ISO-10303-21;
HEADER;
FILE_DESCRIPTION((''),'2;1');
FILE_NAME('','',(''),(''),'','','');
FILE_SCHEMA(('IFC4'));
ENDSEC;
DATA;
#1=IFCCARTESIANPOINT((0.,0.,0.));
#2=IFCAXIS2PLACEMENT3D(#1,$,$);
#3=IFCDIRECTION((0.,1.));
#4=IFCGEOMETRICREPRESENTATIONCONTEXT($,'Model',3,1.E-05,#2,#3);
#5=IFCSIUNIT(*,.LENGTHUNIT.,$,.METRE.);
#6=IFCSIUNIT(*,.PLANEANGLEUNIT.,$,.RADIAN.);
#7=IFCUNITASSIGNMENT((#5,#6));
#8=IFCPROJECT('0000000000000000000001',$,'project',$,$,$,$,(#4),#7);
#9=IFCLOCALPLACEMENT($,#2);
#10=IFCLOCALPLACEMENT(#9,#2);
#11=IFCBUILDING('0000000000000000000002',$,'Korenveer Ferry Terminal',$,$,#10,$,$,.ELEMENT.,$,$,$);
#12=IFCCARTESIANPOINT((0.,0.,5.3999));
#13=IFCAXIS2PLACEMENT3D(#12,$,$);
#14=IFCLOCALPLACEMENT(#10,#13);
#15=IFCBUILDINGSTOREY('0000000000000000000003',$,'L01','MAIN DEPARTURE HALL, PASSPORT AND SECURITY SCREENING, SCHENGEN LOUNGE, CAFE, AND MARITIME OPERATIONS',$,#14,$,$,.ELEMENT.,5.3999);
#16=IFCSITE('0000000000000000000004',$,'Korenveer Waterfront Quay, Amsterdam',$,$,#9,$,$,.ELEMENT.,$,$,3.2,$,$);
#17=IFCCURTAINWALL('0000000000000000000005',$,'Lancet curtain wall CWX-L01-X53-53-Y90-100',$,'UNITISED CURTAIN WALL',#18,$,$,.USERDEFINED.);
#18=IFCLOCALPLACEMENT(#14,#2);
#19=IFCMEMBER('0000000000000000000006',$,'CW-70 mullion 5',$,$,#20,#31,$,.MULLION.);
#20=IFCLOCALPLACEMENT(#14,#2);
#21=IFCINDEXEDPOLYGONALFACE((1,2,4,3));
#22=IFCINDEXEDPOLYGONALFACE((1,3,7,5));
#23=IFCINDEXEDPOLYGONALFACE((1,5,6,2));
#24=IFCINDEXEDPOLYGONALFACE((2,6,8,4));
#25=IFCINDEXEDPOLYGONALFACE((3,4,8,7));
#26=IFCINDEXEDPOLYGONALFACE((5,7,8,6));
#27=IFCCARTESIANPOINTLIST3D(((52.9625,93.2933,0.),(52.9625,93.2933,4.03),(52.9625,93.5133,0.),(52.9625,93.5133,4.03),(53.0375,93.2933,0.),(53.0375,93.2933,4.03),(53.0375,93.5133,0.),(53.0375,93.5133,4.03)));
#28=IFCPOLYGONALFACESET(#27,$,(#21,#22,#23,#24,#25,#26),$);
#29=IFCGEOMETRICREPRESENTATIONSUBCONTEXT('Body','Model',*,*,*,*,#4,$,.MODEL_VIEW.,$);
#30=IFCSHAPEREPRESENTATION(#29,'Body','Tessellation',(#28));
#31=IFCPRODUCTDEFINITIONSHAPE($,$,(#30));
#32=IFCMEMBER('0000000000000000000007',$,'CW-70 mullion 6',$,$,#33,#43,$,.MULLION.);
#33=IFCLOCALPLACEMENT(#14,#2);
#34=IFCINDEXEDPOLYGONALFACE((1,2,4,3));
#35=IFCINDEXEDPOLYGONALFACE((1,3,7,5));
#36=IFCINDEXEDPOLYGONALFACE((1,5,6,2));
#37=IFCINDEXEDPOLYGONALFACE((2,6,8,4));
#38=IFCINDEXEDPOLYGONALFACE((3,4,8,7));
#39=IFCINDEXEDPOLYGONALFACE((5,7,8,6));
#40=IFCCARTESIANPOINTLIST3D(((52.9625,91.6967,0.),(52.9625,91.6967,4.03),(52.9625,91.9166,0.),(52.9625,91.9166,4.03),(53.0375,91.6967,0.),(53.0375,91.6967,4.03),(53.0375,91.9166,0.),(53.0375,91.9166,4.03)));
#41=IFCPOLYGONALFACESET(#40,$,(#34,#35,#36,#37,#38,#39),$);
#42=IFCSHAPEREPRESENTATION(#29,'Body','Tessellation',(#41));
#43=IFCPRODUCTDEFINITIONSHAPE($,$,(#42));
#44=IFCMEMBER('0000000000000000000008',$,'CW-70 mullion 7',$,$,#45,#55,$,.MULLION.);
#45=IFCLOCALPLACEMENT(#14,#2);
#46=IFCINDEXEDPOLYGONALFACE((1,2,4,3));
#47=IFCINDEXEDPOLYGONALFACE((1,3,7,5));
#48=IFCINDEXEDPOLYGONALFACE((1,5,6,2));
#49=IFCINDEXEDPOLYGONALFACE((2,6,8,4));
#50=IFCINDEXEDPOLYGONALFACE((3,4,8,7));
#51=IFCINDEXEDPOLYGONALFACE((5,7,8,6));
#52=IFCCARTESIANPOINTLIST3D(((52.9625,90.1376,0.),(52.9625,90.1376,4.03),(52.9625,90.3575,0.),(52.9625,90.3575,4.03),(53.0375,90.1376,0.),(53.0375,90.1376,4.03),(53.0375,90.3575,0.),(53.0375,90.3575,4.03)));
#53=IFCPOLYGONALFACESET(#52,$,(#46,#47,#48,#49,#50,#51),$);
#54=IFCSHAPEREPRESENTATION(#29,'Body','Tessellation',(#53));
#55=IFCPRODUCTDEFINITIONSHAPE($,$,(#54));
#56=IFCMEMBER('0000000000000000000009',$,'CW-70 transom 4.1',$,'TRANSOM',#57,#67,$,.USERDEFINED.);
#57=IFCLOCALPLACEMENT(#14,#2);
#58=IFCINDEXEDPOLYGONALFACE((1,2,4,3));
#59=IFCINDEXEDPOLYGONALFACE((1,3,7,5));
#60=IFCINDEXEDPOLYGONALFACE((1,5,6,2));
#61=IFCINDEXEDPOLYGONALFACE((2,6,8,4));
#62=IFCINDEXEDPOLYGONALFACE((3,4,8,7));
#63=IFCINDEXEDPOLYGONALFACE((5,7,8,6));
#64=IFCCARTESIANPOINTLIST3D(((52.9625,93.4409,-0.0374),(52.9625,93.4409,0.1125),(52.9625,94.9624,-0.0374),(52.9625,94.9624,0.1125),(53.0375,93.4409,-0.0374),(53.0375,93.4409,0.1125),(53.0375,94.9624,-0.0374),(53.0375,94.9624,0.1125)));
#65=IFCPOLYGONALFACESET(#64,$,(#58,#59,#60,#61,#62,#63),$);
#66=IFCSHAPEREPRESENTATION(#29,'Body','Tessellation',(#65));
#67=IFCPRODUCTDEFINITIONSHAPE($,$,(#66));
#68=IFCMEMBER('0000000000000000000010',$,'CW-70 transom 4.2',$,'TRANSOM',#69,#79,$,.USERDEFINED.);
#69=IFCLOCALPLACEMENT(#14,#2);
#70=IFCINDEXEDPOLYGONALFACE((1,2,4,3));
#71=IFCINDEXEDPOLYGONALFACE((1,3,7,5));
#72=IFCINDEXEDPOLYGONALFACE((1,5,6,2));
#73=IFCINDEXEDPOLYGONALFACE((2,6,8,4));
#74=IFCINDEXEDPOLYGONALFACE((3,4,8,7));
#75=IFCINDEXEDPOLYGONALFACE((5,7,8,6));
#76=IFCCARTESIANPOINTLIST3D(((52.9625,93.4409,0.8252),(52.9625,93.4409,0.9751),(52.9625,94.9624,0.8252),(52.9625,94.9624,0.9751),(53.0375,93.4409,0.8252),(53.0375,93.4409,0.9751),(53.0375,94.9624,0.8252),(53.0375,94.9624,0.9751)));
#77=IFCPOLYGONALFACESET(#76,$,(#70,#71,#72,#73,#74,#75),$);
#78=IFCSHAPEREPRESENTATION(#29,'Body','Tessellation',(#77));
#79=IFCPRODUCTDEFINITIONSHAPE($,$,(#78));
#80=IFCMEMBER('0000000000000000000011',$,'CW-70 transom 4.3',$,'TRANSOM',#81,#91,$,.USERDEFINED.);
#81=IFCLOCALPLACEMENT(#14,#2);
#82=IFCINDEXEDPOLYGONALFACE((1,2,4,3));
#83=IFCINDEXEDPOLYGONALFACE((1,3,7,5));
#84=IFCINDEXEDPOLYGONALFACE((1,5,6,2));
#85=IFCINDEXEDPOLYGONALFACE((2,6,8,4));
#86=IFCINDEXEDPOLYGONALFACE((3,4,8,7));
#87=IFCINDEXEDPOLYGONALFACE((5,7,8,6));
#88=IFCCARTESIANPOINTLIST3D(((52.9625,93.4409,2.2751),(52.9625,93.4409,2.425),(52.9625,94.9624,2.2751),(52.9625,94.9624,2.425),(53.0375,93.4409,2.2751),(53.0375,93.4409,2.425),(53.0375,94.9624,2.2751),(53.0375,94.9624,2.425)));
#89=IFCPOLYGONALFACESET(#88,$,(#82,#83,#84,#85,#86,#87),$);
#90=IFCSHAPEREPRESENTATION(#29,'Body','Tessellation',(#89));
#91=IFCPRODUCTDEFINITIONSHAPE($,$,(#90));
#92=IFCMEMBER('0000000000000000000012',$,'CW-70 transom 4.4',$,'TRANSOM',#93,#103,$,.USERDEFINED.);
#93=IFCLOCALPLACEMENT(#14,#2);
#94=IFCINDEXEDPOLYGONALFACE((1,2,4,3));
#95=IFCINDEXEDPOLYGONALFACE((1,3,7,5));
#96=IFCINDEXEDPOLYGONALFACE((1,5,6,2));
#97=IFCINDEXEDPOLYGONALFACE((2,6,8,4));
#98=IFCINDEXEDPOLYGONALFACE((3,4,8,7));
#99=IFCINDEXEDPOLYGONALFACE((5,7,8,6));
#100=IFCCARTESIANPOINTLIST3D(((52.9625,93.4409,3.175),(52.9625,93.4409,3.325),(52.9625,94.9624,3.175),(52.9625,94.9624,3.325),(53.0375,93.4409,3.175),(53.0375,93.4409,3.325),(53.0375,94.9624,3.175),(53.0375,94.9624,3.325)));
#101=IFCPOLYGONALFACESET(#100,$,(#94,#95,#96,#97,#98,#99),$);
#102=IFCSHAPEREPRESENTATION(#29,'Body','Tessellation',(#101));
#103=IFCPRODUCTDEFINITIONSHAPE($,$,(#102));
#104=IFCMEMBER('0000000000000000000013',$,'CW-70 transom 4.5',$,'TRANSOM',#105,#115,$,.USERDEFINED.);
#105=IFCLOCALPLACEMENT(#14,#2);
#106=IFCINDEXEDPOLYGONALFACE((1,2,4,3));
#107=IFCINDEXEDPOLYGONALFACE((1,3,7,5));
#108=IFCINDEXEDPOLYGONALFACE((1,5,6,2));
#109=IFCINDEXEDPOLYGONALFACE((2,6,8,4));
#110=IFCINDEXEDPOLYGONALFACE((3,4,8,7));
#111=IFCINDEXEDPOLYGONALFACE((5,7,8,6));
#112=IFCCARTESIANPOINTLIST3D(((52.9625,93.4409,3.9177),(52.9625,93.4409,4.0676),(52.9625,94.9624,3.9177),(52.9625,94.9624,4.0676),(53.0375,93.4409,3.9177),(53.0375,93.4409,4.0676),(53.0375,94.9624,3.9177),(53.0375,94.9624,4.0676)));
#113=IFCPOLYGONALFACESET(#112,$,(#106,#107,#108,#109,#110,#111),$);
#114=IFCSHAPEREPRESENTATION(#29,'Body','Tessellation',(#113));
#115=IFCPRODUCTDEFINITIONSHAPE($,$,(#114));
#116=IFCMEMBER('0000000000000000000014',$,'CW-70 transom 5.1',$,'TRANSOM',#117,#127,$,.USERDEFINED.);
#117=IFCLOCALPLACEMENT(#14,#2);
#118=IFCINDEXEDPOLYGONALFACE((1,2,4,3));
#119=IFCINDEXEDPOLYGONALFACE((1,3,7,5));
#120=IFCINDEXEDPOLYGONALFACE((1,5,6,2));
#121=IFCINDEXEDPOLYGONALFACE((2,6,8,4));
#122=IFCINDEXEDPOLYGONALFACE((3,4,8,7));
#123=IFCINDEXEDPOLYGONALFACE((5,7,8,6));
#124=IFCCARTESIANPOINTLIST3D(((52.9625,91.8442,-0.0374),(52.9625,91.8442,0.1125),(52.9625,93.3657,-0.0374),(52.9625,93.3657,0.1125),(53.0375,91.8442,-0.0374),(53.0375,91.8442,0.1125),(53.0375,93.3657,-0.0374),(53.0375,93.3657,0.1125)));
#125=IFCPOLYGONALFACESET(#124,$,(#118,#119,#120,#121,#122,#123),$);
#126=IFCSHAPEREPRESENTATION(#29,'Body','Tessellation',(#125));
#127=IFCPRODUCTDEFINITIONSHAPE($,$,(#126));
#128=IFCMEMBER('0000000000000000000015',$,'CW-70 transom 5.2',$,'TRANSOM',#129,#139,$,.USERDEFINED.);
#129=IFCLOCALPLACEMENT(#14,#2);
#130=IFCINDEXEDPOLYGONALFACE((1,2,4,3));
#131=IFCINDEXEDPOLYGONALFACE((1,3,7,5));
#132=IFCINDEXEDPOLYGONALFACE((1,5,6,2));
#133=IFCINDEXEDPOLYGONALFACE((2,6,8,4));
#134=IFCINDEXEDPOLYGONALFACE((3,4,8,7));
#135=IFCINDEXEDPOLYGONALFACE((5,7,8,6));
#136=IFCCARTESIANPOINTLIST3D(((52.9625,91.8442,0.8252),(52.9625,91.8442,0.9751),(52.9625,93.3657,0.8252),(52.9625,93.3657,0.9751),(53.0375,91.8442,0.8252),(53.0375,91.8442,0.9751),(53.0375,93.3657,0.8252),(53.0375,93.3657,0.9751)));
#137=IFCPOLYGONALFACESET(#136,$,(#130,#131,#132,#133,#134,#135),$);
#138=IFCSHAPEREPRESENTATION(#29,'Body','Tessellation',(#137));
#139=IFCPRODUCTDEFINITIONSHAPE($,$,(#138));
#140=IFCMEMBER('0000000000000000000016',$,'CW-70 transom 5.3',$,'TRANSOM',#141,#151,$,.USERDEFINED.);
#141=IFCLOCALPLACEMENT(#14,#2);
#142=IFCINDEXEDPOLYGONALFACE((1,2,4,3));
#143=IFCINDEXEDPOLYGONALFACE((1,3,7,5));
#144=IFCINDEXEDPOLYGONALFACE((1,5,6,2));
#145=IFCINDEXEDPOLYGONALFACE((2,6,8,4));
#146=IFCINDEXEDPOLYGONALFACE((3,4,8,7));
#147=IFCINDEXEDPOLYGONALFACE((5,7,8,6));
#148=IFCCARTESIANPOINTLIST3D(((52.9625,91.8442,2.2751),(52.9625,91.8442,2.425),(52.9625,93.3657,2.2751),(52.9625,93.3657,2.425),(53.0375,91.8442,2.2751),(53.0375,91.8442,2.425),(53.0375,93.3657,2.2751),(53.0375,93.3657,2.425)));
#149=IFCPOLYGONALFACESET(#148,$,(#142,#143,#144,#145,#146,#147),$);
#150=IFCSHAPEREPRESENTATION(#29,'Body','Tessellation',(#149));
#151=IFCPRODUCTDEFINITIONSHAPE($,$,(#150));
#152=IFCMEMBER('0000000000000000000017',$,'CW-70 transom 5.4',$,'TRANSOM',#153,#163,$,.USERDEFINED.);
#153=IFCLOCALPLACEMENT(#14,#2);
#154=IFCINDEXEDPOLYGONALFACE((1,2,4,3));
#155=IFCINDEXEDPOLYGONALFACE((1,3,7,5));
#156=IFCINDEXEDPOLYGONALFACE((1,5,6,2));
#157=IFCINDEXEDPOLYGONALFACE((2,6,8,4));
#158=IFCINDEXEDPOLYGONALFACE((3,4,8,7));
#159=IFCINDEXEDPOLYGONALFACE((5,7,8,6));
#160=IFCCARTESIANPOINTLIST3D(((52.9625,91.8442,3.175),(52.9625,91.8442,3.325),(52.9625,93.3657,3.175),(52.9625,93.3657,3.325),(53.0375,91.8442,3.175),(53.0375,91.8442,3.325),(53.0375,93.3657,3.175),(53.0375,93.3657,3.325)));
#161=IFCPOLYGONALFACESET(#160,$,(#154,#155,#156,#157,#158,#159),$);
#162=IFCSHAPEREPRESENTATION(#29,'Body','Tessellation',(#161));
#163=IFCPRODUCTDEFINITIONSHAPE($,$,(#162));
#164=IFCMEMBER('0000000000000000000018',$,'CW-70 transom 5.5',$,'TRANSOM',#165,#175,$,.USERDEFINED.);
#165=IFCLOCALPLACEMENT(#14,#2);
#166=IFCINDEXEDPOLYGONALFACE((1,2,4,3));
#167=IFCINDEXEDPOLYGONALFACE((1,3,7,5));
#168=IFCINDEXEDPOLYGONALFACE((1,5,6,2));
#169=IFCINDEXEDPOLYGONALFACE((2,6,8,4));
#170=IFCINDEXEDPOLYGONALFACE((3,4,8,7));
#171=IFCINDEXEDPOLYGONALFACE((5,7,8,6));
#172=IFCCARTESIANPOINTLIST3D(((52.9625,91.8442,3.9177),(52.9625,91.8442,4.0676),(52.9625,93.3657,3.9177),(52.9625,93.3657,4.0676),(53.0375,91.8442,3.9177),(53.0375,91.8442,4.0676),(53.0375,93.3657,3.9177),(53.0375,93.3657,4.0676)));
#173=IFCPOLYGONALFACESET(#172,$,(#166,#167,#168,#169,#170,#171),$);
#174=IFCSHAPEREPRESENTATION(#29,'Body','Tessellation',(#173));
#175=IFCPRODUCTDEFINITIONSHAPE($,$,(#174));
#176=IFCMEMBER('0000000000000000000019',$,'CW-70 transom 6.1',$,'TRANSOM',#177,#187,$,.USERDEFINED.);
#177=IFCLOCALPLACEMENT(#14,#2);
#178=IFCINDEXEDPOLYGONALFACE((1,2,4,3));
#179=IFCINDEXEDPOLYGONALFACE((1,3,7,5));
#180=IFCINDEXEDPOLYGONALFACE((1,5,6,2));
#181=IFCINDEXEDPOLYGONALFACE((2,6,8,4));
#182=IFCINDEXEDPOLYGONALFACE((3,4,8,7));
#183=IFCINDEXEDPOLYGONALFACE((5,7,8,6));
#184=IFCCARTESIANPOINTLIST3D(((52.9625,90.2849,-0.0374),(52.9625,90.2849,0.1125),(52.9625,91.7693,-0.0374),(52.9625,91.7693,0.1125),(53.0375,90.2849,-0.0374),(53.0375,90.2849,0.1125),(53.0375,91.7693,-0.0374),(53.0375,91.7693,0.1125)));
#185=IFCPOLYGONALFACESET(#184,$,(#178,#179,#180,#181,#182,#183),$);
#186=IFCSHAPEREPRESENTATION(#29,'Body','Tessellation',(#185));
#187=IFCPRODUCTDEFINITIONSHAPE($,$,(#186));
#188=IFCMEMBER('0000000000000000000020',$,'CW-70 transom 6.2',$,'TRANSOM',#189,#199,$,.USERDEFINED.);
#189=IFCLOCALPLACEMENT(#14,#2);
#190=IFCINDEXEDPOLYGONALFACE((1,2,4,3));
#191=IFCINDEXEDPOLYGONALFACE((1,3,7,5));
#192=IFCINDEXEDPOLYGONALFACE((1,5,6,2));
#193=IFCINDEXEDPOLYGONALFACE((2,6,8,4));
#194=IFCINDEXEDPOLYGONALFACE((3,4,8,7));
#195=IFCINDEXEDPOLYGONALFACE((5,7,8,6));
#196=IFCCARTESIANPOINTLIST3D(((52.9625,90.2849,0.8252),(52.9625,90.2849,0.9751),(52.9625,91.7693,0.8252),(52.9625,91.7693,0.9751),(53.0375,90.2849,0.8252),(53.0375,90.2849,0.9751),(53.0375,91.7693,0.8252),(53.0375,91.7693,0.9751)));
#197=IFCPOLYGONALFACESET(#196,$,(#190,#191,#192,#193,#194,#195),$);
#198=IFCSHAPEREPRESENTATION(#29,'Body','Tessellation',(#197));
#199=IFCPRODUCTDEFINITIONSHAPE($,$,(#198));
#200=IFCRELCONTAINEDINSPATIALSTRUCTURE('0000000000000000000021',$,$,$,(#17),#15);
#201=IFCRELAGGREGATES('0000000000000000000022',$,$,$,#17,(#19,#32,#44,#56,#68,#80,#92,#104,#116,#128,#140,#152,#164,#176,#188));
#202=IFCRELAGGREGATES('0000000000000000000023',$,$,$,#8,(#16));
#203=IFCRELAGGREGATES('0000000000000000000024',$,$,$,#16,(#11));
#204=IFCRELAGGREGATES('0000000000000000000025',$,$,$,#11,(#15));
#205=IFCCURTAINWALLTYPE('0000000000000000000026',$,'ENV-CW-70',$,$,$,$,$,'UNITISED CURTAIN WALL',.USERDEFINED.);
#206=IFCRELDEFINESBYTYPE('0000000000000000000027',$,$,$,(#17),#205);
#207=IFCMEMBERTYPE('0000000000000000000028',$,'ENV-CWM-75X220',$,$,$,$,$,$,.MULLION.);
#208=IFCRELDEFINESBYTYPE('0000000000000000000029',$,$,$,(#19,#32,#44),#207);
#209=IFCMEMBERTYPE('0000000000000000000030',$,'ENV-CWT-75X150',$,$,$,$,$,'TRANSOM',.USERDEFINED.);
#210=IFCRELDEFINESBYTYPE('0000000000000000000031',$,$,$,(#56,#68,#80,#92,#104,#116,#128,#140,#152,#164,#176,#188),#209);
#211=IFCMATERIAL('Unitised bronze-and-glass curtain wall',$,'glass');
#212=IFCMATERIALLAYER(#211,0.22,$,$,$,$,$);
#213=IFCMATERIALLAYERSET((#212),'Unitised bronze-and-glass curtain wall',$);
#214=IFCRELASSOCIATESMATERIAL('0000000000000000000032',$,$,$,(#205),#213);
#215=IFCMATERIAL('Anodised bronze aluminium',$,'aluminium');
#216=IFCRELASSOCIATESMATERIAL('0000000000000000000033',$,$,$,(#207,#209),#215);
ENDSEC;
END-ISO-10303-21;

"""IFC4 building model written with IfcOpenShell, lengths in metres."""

from ifc_helpers import new_model, si_unit, direction, frame, origin, origin_2d, place, context, subcontext, project, spatial, rectangle, extrude, material, layer, layer_set, material_profile, profile_set, type_object, element, aggregate, save


model = new_model("IFC4")

# Units and contexts
model_context = context("Model", 3, precision=1e-05, world=origin(), true_north=direction((0.0, 1.0)))
body_context = subcontext(model_context, "Body", "Model", "MODEL_VIEW")
ifc_project = project(units=[si_unit("LENGTHUNIT", "METRE"), si_unit("PLANEANGLEUNIT", "RADIAN")], contexts=[model_context])

# Site, building, storey
site_placement = place(None, origin())
site = spatial("IfcSite", under=ifc_project, at=site_placement, Name="Korenveer Waterfront Quay, Amsterdam", CompositionType="ELEMENT", RefElevation=3.2)
building_placement = place(site_placement, origin())
building = spatial("IfcBuilding", under=site, at=building_placement, Name="Korenveer Ferry Terminal", CompositionType="ELEMENT")
storey_placement = place(building_placement, frame((0.0, 0.0, 5.3999)))
storey = spatial("IfcBuildingStorey", under=building, at=storey_placement, Name="L01", Description="MAIN DEPARTURE HALL, PASSPORT AND SECURITY SCREENING, SCHENGEN LOUNGE, CAFE, AND MARITIME OPERATIONS", CompositionType="ELEMENT", Elevation=5.3999)

# Curtain wall, members
ifc_material_1 = material(Name="Unitised bronze-and-glass curtain wall", Category="glass")
ifc_layer_1 = layer(ifc_material_1, 0.22)
ifc_layer_set_1 = layer_set([ifc_layer_1], Name="Unitised bronze-and-glass curtain wall")
curtain_wall_type = type_object("IfcCurtainWallType", Name="ENV-CW-70", ElementType="UNITISED CURTAIN WALL", PredefinedType="USERDEFINED", material=ifc_layer_set_1)
curtain_wall_placement = place(storey_placement, frame((53.0, 99.79, 0.0)))
curtain_wall = element("IfcCurtainWall", 1, at=curtain_wall_placement, inside=storey, type_object=curtain_wall_type, Name="Lancet curtain wall CWX-L01-X53-53-Y90-100", ObjectType="UNITISED CURTAIN WALL", PredefinedType="USERDEFINED")
ifc_material_2 = material(Name="Anodised bronze aluminium", Category="aluminium")
ifc_material_profile_1 = material_profile(ifc_material_2, rectangle(XDim=0.075, YDim=0.22, at=origin_2d()), Name="ALU 75x220")
ifc_profile_set_1 = profile_set([ifc_material_profile_1], Name="Anodised bronze aluminium")
member_type_1 = type_object("IfcMemberType", Name="ENV-CWM-75X220", PredefinedType="MULLION", material=ifc_profile_set_1)
member_1_placement = place(storey_placement, frame((53.0, 93.4033, 0.0), z_axis=(0.0, 0.0, 1.0), x_axis=(1.0, 0.0, 0.0)))
member_1 = element("IfcMember", 2, at=member_1_placement, type_object=member_type_1, Name="CW-70 mullion 5", PredefinedType="MULLION", context=body_context, shape_type="SweptSolid", body=[
    extrude(rectangle(XDim=0.075, YDim=0.22, at=origin_2d()), origin(), (0.0, 0.0, 1.0), 4.03),
])
member_2_placement = place(storey_placement, frame((53.0, 91.8066, 0.0), z_axis=(0.0, 0.0, 1.0), x_axis=(1.0, 0.0, 0.0)))
member_2 = element("IfcMember", 3, at=member_2_placement, type_object=member_type_1, Name="CW-70 mullion 6", PredefinedType="MULLION", context=body_context, shape_type="SweptSolid", body=[
    extrude(rectangle(XDim=0.075, YDim=0.22, at=origin_2d()), origin(), (0.0, 0.0, 1.0), 4.03),
])
member_3_placement = place(storey_placement, frame((53.0, 90.2476, 0.0), z_axis=(0.0, 0.0, 1.0), x_axis=(1.0, 0.0, 0.0)))
member_3 = element("IfcMember", 4, at=member_3_placement, type_object=member_type_1, Name="CW-70 mullion 7", PredefinedType="MULLION", context=body_context, shape_type="SweptSolid", body=[
    extrude(rectangle(XDim=0.075, YDim=0.22, at=origin_2d()), origin(), (0.0, 0.0, 1.0), 4.03),
])
ifc_material_profile_2 = material_profile(ifc_material_2, rectangle(XDim=0.075, YDim=0.1499, at=origin_2d()), Name="ALU 75x150")
ifc_profile_set_2 = profile_set([ifc_material_profile_2], Name="Anodised bronze aluminium")
member_type_2 = type_object("IfcMemberType", Name="ENV-CWT-75X150", ElementType="TRANSOM", PredefinedType="USERDEFINED", material=ifc_profile_set_2)
member_4_placement = place(storey_placement, frame((53.0, 94.9624, 0.0376), z_axis=(0.0, -1.0, 0.0), x_axis=(1.0, 0.0, 0.0)))
member_4 = element("IfcMember", 5, at=member_4_placement, type_object=member_type_2, Name="CW-70 transom 4.1", ObjectType="TRANSOM", PredefinedType="USERDEFINED", context=body_context, shape_type="SweptSolid", body=[
    extrude(rectangle(XDim=0.075, YDim=0.1499, at=origin_2d()), origin(), (0.0, 0.0, 1.0), 1.5215),
])
member_5_placement = place(storey_placement, frame((53.0, 94.9624, 0.9001), z_axis=(0.0, -1.0, 0.0), x_axis=(1.0, 0.0, 0.0)))
member_5 = element("IfcMember", 6, at=member_5_placement, type_object=member_type_2, Name="CW-70 transom 4.2", ObjectType="TRANSOM", PredefinedType="USERDEFINED", context=body_context, shape_type="SweptSolid", body=[
    extrude(rectangle(XDim=0.075, YDim=0.1499, at=origin_2d()), origin(), (0.0, 0.0, 1.0), 1.5215),
])
member_6_placement = place(storey_placement, frame((53.0, 94.9624, 2.3501), z_axis=(0.0, -1.0, 0.0), x_axis=(1.0, 0.0, 0.0)))
member_6 = element("IfcMember", 7, at=member_6_placement, type_object=member_type_2, Name="CW-70 transom 4.3", ObjectType="TRANSOM", PredefinedType="USERDEFINED", context=body_context, shape_type="SweptSolid", body=[
    extrude(rectangle(XDim=0.075, YDim=0.1499, at=origin_2d()), origin(), (0.0, 0.0, 1.0), 1.5215),
])
member_7_placement = place(storey_placement, frame((53.0, 94.9624, 3.25), z_axis=(0.0, -1.0, 0.0), x_axis=(1.0, 0.0, 0.0)))
member_7 = element("IfcMember", 8, at=member_7_placement, type_object=member_type_2, Name="CW-70 transom 4.4", ObjectType="TRANSOM", PredefinedType="USERDEFINED", context=body_context, shape_type="SweptSolid", body=[
    extrude(rectangle(XDim=0.075, YDim=0.1499, at=origin_2d()), origin(), (0.0, 0.0, 1.0), 1.5215),
])
member_8_placement = place(storey_placement, frame((53.0, 94.9624, 3.9927), z_axis=(0.0, -1.0, 0.0), x_axis=(1.0, 0.0, 0.0)))
member_8 = element("IfcMember", 9, at=member_8_placement, type_object=member_type_2, Name="CW-70 transom 4.5", ObjectType="TRANSOM", PredefinedType="USERDEFINED", context=body_context, shape_type="SweptSolid", body=[
    extrude(rectangle(XDim=0.075, YDim=0.1499, at=origin_2d()), origin(), (0.0, 0.0, 1.0), 1.5215),
])
member_9_placement = place(storey_placement, frame((53.0, 93.3657, 0.0376), z_axis=(0.0, -1.0, 0.0), x_axis=(1.0, 0.0, 0.0)))
member_9 = element("IfcMember", 10, at=member_9_placement, type_object=member_type_2, Name="CW-70 transom 5.1", ObjectType="TRANSOM", PredefinedType="USERDEFINED", context=body_context, shape_type="SweptSolid", body=[
    extrude(rectangle(XDim=0.075, YDim=0.1499, at=origin_2d()), origin(), (0.0, 0.0, 1.0), 1.5215),
])
member_10_placement = place(storey_placement, frame((53.0, 93.3657, 0.9001), z_axis=(0.0, -1.0, 0.0), x_axis=(1.0, 0.0, 0.0)))
member_10 = element("IfcMember", 11, at=member_10_placement, type_object=member_type_2, Name="CW-70 transom 5.2", ObjectType="TRANSOM", PredefinedType="USERDEFINED", context=body_context, shape_type="SweptSolid", body=[
    extrude(rectangle(XDim=0.075, YDim=0.1499, at=origin_2d()), origin(), (0.0, 0.0, 1.0), 1.5215),
])
member_11_placement = place(storey_placement, frame((53.0, 93.3657, 2.3501), z_axis=(0.0, -1.0, 0.0), x_axis=(1.0, 0.0, 0.0)))
member_11 = element("IfcMember", 12, at=member_11_placement, type_object=member_type_2, Name="CW-70 transom 5.3", ObjectType="TRANSOM", PredefinedType="USERDEFINED", context=body_context, shape_type="SweptSolid", body=[
    extrude(rectangle(XDim=0.075, YDim=0.1499, at=origin_2d()), origin(), (0.0, 0.0, 1.0), 1.5215),
])
member_12_placement = place(storey_placement, frame((53.0, 93.3657, 3.25), z_axis=(0.0, -1.0, 0.0), x_axis=(1.0, 0.0, 0.0)))
member_12 = element("IfcMember", 13, at=member_12_placement, type_object=member_type_2, Name="CW-70 transom 5.4", ObjectType="TRANSOM", PredefinedType="USERDEFINED", context=body_context, shape_type="SweptSolid", body=[
    extrude(rectangle(XDim=0.075, YDim=0.1499, at=origin_2d()), origin(), (0.0, 0.0, 1.0), 1.5215),
])
member_13_placement = place(storey_placement, frame((53.0, 93.3657, 3.9927), z_axis=(0.0, -1.0, 0.0), x_axis=(1.0, 0.0, 0.0)))
member_13 = element("IfcMember", 14, at=member_13_placement, type_object=member_type_2, Name="CW-70 transom 5.5", ObjectType="TRANSOM", PredefinedType="USERDEFINED", context=body_context, shape_type="SweptSolid", body=[
    extrude(rectangle(XDim=0.075, YDim=0.1499, at=origin_2d()), origin(), (0.0, 0.0, 1.0), 1.5215),
])
member_14_placement = place(storey_placement, frame((53.0, 91.7693, 0.0376), z_axis=(0.0, -1.0, 0.0), x_axis=(1.0, 0.0, 0.0)))
member_14 = element("IfcMember", 15, at=member_14_placement, type_object=member_type_2, Name="CW-70 transom 6.1", ObjectType="TRANSOM", PredefinedType="USERDEFINED", context=body_context, shape_type="SweptSolid", body=[
    extrude(rectangle(XDim=0.075, YDim=0.1499, at=origin_2d()), origin(), (0.0, 0.0, 1.0), 1.4844),
])
member_15_placement = place(storey_placement, frame((53.0, 91.7693, 0.9001), z_axis=(0.0, -1.0, 0.0), x_axis=(1.0, 0.0, 0.0)))
member_15 = element("IfcMember", 16, at=member_15_placement, type_object=member_type_2, Name="CW-70 transom 6.2", ObjectType="TRANSOM", PredefinedType="USERDEFINED", context=body_context, shape_type="SweptSolid", body=[
    extrude(rectangle(XDim=0.075, YDim=0.1499, at=origin_2d()), origin(), (0.0, 0.0, 1.0), 1.4844),
])

aggregate(curtain_wall, [member_1, member_2, member_3, member_4, member_5, member_6, member_7, member_8, member_9, member_10, member_11, member_12, member_13, member_14, member_15])

save(model, "model.ifc")
